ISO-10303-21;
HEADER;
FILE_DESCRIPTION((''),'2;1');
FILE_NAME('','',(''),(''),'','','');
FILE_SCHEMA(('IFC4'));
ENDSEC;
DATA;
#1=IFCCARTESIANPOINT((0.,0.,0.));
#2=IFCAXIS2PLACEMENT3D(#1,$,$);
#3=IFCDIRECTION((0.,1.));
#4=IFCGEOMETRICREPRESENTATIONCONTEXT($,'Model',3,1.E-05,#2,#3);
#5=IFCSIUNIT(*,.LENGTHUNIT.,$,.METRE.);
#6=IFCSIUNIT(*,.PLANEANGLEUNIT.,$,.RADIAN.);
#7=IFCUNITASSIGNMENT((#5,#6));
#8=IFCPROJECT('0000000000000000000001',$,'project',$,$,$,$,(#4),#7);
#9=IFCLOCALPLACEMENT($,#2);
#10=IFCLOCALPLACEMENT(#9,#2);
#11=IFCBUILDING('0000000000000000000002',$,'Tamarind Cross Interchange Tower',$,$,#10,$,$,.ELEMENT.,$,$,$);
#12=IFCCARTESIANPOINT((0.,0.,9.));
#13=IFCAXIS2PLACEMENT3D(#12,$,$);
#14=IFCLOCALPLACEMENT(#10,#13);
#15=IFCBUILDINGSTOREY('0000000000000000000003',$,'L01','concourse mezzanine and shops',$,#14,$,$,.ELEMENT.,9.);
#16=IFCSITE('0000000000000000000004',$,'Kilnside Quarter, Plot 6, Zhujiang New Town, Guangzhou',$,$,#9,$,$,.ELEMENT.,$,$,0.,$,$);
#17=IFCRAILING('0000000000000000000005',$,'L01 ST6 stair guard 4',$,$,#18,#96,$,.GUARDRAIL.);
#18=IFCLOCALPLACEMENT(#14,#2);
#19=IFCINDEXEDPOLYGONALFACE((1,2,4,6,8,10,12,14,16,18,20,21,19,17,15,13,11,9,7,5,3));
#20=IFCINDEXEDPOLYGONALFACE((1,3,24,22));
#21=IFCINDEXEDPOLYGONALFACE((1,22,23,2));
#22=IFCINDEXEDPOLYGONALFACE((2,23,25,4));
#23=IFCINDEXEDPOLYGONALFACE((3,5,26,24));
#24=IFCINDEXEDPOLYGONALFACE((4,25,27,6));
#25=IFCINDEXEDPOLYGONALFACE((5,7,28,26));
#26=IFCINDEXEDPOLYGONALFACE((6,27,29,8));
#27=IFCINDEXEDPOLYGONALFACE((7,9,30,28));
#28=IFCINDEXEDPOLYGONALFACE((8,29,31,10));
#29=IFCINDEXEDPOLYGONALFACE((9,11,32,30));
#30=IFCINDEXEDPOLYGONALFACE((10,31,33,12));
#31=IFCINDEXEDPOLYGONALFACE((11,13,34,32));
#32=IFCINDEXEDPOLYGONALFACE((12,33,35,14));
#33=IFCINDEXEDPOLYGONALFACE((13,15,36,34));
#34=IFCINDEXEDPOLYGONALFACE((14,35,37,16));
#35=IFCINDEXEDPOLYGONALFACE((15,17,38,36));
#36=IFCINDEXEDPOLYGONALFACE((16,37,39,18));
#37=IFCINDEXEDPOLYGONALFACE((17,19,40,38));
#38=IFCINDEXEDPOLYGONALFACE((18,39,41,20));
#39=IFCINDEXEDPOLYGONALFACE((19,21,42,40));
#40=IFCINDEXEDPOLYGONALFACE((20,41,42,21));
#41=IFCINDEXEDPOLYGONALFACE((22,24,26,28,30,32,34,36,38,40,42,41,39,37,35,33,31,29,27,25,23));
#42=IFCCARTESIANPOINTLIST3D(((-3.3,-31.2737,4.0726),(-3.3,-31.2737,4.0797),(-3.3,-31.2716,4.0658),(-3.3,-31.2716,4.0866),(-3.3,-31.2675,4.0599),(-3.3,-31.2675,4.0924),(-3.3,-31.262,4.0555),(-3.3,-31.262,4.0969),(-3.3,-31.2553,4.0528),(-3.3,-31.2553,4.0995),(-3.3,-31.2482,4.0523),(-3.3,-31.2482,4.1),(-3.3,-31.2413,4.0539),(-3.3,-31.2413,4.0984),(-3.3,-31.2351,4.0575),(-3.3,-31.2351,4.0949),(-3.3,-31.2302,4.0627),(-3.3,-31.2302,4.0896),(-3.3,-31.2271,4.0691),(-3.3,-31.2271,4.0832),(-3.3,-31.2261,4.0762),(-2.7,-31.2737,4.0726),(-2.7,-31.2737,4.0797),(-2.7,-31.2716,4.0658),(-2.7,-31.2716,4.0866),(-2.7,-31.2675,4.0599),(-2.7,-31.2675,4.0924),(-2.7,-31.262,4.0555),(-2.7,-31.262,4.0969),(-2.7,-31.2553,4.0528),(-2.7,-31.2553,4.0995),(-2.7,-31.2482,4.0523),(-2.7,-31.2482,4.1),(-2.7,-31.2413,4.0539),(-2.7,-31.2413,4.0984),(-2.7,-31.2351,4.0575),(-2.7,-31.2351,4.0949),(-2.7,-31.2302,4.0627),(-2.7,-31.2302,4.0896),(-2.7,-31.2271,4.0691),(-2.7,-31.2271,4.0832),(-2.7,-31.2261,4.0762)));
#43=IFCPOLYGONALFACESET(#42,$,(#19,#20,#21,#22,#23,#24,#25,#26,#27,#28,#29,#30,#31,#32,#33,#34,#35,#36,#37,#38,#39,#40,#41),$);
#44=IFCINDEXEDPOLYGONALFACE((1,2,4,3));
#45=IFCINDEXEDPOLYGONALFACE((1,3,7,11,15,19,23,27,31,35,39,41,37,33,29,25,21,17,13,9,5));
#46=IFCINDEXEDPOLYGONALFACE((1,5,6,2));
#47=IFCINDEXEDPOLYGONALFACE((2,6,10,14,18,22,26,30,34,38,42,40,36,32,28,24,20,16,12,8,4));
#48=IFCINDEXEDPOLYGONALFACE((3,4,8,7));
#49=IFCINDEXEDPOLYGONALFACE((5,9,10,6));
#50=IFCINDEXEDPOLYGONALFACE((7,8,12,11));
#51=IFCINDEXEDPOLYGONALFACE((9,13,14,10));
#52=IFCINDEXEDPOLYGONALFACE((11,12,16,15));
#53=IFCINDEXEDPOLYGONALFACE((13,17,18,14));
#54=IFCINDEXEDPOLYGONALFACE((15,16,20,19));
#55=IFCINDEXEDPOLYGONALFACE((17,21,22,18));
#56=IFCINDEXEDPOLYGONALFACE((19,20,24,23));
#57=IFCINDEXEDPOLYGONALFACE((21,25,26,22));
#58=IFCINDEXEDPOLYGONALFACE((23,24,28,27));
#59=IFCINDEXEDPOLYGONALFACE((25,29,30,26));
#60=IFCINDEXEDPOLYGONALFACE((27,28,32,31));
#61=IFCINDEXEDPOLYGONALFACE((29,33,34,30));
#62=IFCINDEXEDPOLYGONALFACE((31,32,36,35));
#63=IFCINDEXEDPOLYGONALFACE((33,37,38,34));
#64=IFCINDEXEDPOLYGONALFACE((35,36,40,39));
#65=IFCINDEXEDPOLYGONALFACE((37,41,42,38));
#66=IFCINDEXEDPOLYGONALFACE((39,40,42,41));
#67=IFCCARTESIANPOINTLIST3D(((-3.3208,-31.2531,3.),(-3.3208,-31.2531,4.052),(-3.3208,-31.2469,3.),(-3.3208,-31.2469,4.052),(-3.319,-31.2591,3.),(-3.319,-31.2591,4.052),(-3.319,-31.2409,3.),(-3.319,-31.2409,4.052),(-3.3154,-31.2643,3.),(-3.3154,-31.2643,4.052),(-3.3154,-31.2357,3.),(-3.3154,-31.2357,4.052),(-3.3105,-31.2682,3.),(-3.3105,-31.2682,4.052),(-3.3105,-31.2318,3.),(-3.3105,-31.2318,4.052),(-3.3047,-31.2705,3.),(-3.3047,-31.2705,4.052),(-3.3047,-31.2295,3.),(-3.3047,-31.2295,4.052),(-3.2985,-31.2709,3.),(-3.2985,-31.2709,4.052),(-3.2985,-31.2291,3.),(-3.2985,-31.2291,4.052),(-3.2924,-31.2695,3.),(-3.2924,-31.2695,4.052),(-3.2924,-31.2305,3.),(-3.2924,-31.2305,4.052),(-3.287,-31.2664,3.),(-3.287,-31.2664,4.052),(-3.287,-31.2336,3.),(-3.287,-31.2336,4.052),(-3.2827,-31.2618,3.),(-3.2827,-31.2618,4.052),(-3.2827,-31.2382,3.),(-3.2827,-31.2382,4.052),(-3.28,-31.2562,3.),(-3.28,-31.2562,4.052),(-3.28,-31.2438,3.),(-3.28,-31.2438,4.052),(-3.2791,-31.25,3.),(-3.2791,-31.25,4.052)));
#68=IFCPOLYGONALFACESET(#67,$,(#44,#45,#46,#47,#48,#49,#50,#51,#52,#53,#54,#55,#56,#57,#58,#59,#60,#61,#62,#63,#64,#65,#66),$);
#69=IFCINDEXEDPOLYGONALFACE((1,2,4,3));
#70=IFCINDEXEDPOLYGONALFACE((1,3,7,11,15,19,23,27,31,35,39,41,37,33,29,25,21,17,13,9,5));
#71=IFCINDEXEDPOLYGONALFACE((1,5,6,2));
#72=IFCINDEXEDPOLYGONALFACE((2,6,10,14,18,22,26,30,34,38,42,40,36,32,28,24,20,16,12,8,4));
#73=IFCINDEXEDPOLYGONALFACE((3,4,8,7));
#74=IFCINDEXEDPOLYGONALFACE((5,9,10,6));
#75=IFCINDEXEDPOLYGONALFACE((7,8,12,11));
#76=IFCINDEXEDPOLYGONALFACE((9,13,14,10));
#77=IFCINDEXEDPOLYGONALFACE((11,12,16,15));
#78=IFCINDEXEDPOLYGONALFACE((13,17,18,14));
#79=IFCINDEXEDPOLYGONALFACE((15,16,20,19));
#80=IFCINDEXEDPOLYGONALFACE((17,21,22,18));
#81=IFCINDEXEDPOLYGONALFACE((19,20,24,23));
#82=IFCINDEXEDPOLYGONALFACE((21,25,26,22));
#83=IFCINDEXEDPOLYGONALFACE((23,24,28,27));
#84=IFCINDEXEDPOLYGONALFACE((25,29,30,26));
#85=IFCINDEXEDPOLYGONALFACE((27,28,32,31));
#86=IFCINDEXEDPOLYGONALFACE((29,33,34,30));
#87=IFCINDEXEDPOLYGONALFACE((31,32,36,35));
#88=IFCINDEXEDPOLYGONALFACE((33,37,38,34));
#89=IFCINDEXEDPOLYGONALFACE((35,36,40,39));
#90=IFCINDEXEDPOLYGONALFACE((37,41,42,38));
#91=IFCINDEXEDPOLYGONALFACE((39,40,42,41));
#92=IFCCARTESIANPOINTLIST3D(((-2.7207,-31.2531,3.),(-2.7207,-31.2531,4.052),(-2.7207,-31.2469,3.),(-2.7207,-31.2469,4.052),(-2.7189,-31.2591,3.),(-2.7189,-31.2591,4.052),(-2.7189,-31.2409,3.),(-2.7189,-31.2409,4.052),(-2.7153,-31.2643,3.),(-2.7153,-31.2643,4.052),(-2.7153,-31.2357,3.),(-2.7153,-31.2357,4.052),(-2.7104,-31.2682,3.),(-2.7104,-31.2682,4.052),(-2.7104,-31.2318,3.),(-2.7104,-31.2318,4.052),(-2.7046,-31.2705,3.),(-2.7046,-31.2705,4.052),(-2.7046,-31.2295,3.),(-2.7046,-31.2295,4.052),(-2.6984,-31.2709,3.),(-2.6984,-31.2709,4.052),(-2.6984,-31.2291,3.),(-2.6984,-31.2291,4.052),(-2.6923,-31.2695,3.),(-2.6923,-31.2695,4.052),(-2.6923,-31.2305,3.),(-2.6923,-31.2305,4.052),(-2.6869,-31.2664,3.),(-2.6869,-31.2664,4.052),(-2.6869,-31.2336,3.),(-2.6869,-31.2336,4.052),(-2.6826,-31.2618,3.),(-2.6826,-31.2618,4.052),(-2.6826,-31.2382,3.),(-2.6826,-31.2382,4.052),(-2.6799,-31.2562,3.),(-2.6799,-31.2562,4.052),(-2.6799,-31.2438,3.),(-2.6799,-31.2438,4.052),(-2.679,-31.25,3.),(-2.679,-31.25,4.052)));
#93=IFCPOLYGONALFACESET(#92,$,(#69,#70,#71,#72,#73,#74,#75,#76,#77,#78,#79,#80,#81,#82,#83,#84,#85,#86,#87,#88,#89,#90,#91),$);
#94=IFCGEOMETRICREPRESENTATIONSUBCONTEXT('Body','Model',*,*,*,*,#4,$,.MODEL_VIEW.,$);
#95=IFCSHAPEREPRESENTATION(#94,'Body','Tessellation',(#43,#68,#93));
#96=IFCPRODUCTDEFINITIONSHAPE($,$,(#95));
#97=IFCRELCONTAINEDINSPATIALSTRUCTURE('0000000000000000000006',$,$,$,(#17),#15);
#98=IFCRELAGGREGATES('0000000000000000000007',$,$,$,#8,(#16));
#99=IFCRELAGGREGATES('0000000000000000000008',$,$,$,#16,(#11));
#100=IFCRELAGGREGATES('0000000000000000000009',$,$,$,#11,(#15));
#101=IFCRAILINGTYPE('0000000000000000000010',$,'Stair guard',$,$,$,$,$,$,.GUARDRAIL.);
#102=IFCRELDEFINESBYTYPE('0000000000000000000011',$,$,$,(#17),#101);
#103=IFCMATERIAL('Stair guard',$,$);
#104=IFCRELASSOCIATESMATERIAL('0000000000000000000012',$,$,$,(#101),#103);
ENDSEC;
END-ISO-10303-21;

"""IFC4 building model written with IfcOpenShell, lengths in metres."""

from ifc_helpers import new_model, si_unit, direction, frame, origin, origin_2d, place, context, subcontext, project, spatial, circle, extrude, material, type_object, element, save


model = new_model("IFC4")

# Units and contexts
model_context = context("Model", 3, precision=1e-05, world=origin(), true_north=direction((0.0, 1.0)))
body_context = subcontext(model_context, "Body", "Model", "MODEL_VIEW")
ifc_project = project(units=[si_unit("LENGTHUNIT", "METRE"), si_unit("PLANEANGLEUNIT", "RADIAN")], contexts=[model_context])

# Site, building, storey
site_placement = place(None, origin())
site = spatial("IfcSite", under=ifc_project, at=site_placement, Name="Kilnside Quarter, Plot 6, Zhujiang New Town, Guangzhou", CompositionType="ELEMENT", RefElevation=0.0)
building_placement = place(site_placement, origin())
building = spatial("IfcBuilding", under=site, at=building_placement, Name="Tamarind Cross Interchange Tower", CompositionType="ELEMENT")
storey_placement = place(building_placement, frame((0.0, 0.0, 9.0)))
storey = spatial("IfcBuildingStorey", under=building, at=storey_placement, Name="L01", Description="concourse mezzanine and shops", CompositionType="ELEMENT", Elevation=9.0)

# Railing
ifc_material_1 = material(Name="Stair guard")
railing_type_1 = type_object("IfcRailingType", Name="Stair guard", PredefinedType="GUARDRAIL", material=ifc_material_1)
railing_1_placement = place(storey_placement, frame((-3.3, -31.25, 3.0)))
element("IfcRailing", 1, at=railing_1_placement, inside=storey, type_object=railing_type_1, Name="L01 ST6 stair guard 4", PredefinedType="GUARDRAIL", context=body_context, shape_type="SweptSolid", body=[
    extrude(circle(Radius=0.0239, at=origin_2d()), frame((0.0, 0.0, 1.0762), z_axis=(1.0, 0.0, 0.0), x_axis=(0.0, 1.0, 0.0)), (0.0, 0.0, 1.0), 0.6001),
    extrude(circle(Radius=0.021, at=origin_2d()), origin(), (0.0, 0.0, 1.0), 1.052),
    extrude(circle(Radius=0.021, at=origin_2d()), frame((0.6001, 0.0, 0.0)), (0.0, 0.0, 1.0), 1.052),
])

save(model, "model.ifc")
